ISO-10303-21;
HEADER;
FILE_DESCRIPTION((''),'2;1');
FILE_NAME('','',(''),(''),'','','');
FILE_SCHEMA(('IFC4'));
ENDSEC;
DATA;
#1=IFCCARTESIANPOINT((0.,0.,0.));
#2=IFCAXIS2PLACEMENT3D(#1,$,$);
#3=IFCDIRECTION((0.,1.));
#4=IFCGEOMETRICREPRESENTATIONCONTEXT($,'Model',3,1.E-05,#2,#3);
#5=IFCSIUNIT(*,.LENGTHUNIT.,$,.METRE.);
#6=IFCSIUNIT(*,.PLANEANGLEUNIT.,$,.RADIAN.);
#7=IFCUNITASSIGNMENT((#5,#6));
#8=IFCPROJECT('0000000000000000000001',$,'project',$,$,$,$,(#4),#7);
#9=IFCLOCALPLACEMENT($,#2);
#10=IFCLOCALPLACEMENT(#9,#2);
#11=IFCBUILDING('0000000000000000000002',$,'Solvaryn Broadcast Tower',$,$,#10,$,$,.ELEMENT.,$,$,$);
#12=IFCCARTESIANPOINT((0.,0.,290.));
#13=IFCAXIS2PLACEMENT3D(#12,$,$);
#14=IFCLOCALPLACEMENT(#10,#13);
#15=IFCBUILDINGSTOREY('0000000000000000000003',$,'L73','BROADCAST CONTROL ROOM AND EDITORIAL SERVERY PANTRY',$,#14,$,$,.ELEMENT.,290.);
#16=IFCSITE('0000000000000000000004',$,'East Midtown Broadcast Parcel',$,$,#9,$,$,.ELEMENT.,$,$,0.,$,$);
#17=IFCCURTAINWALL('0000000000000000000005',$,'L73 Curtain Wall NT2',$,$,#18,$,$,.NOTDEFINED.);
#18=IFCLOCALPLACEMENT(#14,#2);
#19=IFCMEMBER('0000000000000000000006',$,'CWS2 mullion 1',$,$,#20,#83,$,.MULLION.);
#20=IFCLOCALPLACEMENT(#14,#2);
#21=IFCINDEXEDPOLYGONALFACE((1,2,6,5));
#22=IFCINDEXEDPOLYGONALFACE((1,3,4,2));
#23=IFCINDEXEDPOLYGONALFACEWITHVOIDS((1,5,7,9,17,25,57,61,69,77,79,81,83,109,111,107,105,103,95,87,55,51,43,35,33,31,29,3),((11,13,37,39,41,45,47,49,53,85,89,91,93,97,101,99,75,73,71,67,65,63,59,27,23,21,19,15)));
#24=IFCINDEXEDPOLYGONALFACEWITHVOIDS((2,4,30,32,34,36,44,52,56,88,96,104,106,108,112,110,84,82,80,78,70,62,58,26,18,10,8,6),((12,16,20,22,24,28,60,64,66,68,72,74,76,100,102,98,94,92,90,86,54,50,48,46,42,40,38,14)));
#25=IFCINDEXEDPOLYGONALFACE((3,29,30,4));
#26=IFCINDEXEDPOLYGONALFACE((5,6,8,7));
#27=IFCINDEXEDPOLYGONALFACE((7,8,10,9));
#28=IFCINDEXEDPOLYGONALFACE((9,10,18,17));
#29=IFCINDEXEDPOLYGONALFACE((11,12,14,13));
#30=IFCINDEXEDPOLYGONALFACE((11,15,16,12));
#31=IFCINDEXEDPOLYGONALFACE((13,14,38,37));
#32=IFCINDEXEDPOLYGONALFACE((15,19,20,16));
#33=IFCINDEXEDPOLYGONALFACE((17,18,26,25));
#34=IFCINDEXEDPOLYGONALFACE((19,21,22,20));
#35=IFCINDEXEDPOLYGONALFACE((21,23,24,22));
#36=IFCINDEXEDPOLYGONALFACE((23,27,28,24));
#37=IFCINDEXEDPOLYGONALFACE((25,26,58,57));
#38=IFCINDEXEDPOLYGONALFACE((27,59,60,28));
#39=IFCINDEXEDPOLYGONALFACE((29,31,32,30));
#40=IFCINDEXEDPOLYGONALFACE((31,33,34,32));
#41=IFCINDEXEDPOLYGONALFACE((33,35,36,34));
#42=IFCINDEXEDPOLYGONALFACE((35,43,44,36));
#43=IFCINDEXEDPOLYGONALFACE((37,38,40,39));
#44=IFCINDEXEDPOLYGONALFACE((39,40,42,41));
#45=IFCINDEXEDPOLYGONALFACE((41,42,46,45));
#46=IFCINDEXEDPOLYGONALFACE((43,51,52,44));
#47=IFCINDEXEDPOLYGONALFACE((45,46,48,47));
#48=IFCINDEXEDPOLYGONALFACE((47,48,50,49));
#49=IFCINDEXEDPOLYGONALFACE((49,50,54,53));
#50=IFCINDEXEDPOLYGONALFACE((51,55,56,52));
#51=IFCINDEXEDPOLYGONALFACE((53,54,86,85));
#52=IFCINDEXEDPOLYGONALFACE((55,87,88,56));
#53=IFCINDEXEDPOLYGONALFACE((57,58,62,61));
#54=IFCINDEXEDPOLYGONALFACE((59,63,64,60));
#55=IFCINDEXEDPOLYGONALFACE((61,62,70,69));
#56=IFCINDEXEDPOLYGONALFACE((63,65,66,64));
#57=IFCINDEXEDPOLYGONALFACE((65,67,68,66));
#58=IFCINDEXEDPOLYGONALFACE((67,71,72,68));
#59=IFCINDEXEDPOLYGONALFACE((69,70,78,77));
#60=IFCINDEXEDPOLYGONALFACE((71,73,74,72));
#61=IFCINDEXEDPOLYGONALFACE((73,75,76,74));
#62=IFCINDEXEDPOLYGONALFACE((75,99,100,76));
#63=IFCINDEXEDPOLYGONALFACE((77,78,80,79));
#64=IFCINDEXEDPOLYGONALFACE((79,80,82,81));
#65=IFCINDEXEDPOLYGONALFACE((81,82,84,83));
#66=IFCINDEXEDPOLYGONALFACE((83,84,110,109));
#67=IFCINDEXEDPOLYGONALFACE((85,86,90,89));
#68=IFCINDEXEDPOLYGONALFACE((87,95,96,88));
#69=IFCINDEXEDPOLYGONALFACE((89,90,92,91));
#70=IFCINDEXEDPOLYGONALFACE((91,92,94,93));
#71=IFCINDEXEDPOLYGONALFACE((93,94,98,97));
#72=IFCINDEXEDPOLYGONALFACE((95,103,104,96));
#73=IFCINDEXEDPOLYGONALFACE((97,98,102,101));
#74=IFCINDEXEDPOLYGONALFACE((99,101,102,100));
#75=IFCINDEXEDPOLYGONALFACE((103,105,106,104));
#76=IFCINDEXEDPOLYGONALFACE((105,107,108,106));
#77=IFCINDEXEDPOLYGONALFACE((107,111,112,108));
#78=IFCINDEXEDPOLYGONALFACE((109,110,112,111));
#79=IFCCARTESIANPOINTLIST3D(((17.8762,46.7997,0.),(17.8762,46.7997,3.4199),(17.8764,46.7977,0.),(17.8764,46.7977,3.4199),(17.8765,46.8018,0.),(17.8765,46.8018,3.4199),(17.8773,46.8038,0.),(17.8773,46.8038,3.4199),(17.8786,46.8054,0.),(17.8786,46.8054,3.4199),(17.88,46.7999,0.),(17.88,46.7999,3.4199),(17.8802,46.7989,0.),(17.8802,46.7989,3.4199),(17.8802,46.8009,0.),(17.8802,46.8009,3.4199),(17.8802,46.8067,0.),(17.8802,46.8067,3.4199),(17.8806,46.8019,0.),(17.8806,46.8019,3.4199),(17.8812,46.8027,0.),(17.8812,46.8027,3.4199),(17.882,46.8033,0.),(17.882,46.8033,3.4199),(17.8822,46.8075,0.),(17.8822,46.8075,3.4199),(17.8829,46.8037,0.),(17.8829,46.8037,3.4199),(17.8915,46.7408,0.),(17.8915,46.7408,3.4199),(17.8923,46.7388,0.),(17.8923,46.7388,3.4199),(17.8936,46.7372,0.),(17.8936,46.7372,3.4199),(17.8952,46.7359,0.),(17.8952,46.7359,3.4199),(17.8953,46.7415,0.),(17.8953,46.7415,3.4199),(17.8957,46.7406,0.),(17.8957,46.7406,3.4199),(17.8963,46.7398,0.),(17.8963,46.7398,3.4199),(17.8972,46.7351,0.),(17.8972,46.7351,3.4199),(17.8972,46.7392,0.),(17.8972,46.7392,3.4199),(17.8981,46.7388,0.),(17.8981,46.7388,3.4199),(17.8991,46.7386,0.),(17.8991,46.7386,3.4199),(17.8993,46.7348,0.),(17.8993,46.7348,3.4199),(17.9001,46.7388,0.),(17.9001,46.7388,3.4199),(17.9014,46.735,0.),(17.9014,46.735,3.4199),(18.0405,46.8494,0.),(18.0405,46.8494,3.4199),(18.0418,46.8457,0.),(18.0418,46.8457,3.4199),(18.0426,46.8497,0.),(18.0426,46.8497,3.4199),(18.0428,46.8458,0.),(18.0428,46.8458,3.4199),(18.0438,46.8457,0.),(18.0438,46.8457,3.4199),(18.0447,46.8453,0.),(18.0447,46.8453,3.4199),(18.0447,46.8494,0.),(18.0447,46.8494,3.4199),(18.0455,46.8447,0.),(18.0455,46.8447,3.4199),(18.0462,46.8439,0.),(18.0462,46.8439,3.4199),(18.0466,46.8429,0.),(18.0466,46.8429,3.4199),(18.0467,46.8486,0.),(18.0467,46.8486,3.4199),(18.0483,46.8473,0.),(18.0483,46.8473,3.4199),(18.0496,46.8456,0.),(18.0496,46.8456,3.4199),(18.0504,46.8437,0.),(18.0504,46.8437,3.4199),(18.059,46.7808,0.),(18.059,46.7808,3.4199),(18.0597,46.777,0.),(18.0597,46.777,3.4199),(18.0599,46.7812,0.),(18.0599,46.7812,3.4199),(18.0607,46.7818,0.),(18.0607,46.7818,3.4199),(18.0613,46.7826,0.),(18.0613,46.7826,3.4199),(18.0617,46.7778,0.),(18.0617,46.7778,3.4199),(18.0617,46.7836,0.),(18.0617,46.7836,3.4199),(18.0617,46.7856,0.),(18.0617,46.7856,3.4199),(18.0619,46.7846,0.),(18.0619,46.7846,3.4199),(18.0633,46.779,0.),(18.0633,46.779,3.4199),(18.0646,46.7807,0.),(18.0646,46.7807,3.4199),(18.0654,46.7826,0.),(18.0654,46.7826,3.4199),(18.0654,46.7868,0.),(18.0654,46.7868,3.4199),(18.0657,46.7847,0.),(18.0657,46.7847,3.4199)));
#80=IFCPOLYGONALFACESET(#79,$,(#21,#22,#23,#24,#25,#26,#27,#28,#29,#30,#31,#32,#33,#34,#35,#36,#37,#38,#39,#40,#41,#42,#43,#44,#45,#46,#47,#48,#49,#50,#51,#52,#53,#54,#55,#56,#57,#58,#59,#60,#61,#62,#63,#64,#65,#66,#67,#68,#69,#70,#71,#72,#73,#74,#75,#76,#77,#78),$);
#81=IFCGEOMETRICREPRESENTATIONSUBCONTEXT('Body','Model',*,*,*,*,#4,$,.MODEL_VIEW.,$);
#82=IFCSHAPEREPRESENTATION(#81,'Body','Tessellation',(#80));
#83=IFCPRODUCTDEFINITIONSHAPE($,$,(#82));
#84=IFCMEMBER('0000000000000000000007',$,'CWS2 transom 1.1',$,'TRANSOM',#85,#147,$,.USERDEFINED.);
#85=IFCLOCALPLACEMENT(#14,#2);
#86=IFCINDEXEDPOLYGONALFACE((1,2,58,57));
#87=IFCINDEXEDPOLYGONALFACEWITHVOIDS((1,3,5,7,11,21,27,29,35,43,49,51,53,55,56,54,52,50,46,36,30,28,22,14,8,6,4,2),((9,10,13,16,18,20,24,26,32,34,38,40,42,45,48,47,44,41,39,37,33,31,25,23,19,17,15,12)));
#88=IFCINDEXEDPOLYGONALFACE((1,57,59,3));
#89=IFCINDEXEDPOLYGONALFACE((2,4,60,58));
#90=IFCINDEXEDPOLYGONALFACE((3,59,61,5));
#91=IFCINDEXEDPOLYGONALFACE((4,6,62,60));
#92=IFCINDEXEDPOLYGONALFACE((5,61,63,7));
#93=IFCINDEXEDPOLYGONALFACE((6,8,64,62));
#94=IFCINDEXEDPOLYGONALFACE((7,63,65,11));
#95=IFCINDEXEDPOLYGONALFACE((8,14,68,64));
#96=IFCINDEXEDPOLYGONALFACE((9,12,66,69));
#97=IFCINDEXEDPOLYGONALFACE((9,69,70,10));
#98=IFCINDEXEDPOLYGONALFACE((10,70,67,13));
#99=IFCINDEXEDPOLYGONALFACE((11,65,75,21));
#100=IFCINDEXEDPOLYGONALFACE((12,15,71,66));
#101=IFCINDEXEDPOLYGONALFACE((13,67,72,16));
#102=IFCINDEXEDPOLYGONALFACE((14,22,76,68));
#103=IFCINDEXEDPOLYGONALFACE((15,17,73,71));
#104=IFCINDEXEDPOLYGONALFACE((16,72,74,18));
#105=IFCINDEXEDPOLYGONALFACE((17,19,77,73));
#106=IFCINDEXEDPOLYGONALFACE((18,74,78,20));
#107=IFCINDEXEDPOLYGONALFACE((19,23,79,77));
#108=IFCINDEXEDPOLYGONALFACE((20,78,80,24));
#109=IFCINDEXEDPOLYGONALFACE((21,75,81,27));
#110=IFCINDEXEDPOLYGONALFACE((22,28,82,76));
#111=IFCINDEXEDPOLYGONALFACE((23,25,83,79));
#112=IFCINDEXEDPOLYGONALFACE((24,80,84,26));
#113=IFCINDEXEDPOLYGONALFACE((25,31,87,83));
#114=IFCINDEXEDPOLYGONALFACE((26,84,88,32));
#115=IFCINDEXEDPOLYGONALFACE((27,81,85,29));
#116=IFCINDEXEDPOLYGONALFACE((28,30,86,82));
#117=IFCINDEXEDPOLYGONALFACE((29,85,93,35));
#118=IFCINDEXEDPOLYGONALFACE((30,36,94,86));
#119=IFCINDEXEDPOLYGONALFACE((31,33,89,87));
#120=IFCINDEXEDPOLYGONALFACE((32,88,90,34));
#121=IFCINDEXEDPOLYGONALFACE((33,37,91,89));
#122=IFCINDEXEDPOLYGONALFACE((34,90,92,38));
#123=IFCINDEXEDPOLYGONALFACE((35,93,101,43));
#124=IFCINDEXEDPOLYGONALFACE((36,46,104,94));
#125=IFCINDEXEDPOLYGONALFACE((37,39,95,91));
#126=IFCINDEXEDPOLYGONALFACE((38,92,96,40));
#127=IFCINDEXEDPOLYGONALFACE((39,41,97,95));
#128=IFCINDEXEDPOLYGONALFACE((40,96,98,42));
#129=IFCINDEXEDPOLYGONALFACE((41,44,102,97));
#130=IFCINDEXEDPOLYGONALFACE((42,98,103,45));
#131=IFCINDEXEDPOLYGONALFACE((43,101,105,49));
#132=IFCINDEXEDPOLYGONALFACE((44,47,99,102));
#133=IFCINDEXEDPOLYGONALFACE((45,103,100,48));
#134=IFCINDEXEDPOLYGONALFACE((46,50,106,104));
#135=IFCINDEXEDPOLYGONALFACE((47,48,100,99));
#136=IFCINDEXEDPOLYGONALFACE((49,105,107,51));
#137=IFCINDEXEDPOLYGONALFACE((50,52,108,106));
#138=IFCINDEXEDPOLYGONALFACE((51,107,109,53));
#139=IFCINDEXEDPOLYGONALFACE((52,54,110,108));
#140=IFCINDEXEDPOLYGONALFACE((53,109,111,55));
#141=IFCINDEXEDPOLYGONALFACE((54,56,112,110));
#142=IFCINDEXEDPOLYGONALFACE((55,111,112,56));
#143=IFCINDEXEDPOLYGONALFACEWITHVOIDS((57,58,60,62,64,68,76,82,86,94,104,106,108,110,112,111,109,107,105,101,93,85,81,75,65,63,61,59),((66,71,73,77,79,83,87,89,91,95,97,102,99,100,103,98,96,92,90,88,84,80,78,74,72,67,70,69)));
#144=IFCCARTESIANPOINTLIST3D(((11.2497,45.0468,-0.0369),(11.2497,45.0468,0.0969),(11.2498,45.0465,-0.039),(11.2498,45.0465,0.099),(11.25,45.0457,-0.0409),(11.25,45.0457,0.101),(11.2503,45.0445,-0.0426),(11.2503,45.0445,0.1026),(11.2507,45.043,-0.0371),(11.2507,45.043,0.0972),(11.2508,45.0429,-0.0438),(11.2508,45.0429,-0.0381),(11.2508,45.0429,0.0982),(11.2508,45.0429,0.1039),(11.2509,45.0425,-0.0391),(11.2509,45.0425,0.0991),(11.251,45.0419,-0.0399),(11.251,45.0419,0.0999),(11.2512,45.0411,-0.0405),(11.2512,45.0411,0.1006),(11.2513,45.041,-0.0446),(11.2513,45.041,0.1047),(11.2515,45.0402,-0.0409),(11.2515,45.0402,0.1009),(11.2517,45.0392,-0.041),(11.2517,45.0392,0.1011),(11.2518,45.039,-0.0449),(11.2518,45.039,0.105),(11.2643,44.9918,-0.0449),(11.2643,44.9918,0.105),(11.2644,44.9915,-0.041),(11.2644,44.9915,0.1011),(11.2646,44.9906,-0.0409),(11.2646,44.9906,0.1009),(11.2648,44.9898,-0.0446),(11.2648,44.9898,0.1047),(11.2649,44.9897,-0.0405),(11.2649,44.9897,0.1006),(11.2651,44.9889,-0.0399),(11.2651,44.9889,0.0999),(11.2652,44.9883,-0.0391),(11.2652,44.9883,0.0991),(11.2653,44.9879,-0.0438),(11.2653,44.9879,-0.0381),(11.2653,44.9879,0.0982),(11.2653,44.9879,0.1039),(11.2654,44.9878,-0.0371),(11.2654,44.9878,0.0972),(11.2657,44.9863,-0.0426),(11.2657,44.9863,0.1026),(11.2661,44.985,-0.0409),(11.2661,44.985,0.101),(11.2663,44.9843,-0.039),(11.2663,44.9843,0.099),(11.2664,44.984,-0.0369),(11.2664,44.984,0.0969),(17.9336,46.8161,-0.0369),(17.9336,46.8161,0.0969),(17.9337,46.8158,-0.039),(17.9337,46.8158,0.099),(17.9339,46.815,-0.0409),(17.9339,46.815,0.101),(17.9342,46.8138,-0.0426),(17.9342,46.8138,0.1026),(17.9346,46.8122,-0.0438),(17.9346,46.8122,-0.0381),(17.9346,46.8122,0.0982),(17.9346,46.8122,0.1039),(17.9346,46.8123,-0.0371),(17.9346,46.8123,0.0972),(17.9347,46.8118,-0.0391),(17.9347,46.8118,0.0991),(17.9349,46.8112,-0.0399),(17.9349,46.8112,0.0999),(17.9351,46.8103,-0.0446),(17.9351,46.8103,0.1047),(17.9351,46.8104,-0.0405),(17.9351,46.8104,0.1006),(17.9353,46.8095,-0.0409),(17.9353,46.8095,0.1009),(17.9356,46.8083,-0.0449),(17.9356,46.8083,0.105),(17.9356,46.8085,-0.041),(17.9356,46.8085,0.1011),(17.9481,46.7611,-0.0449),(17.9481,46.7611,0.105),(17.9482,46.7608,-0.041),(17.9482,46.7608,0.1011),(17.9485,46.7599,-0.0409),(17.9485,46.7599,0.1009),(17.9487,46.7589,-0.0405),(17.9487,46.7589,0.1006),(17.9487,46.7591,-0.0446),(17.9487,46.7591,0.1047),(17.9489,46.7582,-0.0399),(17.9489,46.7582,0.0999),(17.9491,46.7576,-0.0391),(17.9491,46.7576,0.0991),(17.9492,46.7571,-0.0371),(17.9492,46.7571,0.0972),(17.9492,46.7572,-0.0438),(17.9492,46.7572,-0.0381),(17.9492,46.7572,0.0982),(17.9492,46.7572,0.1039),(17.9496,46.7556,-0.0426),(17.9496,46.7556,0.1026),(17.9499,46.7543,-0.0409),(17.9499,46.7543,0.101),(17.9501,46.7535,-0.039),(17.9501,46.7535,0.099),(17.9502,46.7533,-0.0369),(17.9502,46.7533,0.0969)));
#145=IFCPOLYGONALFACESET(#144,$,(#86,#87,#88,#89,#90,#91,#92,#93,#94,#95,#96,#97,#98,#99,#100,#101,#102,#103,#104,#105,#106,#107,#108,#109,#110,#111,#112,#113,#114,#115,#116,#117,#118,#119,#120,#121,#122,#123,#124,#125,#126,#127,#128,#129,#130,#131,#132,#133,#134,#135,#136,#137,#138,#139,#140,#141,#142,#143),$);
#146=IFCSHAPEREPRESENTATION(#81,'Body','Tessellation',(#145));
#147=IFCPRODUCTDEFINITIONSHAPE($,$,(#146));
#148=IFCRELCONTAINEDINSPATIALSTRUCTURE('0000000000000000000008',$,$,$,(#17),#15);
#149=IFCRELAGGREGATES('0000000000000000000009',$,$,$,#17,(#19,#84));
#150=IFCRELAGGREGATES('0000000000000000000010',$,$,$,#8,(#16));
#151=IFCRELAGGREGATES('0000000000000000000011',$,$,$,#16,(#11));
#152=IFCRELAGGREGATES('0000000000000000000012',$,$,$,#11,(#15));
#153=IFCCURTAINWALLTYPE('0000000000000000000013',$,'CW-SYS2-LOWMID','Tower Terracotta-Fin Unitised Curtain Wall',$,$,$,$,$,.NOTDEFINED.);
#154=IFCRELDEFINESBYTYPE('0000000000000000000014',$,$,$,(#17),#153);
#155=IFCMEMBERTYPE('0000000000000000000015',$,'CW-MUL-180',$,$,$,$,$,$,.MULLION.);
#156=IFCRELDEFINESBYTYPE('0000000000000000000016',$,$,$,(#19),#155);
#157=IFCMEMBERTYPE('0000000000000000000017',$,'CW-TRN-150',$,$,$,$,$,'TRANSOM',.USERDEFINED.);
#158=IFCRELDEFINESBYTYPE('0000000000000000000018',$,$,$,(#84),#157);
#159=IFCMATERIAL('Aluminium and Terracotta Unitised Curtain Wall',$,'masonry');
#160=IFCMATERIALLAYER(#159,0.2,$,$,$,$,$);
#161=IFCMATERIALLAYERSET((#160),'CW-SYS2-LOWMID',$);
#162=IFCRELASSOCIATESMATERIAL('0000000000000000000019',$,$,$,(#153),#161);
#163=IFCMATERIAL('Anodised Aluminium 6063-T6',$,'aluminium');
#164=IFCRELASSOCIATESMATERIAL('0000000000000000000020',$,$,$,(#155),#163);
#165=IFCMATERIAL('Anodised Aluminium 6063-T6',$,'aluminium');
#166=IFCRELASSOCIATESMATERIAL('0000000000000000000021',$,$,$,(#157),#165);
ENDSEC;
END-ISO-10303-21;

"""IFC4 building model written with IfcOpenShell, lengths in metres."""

from ifc_helpers import new_model, si_unit, direction, frame, origin, origin_2d, place, context, subcontext, project, spatial, hollow_rectangle, extrude, material, layer, layer_set, material_profile, profile_set, type_object, element, aggregate, save


model = new_model("IFC4")

# Units and contexts
model_context = context("Model", 3, precision=1e-05, world=origin(), true_north=direction((0.0, 1.0)))
body_context = subcontext(model_context, "Body", "Model", "MODEL_VIEW")
ifc_project = project(units=[si_unit("LENGTHUNIT", "METRE"), si_unit("PLANEANGLEUNIT", "RADIAN")], contexts=[model_context])

# Site, building, storey
site_placement = place(None, origin())
site = spatial("IfcSite", under=ifc_project, at=site_placement, Name="East Midtown Broadcast Parcel", CompositionType="ELEMENT", RefElevation=0.0)
building_placement = place(site_placement, origin())
building = spatial("IfcBuilding", under=site, at=building_placement, Name="Solvaryn Broadcast Tower", CompositionType="ELEMENT")
storey_placement = place(building_placement, frame((0.0, 0.0, 290.0)))
storey = spatial("IfcBuildingStorey", under=building, at=storey_placement, Name="L73", Description="BROADCAST CONTROL ROOM AND EDITORIAL SERVERY PANTRY", CompositionType="ELEMENT", Elevation=290.0)

# Shared definitions
ifc_material_1 = material(Name="Aluminium and Terracotta Unitised Curtain Wall", Category="masonry")
ifc_layer_1 = layer(ifc_material_1, 0.2)
ifc_layer_set_1 = layer_set([ifc_layer_1], Name="CW-SYS2-LOWMID")
curtain_wall_type = type_object("IfcCurtainWallType", Name="CW-SYS2-LOWMID", Description="Tower Terracotta-Fin Unitised Curtain Wall", PredefinedType="NOTDEFINED", material=ifc_layer_set_1)
ifc_material_2 = material(Name="Anodised Aluminium 6063-T6", Category="aluminium")
ifc_material_profile_1 = material_profile(ifc_material_2, hollow_rectangle(XDim=0.075, YDim=0.1799, WallThickness=0.0039, InnerFilletRadius=0.0039, OuterFilletRadius=0.0081, at=origin_2d()))
ifc_profile_set_1 = profile_set([ifc_material_profile_1], Name="Anodised Aluminium 6063-T6")
member_type_1 = type_object("IfcMemberType", Name="CW-MUL-180", PredefinedType="MULLION", material=ifc_profile_set_1)

# Curtain wall, members
curtain_wall_1_placement = place(storey_placement, origin())
curtain_wall_1 = element("IfcCurtainWall", 1, at=curtain_wall_1_placement, inside=storey, type_object=curtain_wall_type, Name="L73 Curtain Wall NT2", PredefinedType="NOTDEFINED")
member_1_placement = place(storey_placement, frame((17.9709, 46.7922, 0.0), z_axis=(0.0, 0.0, 1.0), x_axis=(0.255893, -0.966705, 0.0)))
member_1 = element("IfcMember", 2, at=member_1_placement, type_object=member_type_1, Name="CWS2 mullion 1", PredefinedType="MULLION", context=body_context, shape_type="SweptSolid", body=[
    extrude(hollow_rectangle(XDim=0.075, YDim=0.1799, WallThickness=0.0039, InnerFilletRadius=0.0039, OuterFilletRadius=0.0081, at=origin_2d()), origin(), (0.0, 0.0, 1.0), 3.4199),
])
ifc_material_3 = material(Name="Anodised Aluminium 6063-T6", Category="aluminium")
ifc_material_profile_2 = material_profile(ifc_material_3, hollow_rectangle(XDim=0.0649, YDim=0.1499, WallThickness=0.0039, InnerFilletRadius=0.0039, OuterFilletRadius=0.0081, at=origin_2d()))
ifc_profile_set_2 = profile_set([ifc_material_profile_2], Name="Anodised Aluminium 6063-T6")
member_type_2 = type_object("IfcMemberType", Name="CW-TRN-150", ElementType="TRANSOM", PredefinedType="USERDEFINED", material=ifc_profile_set_2)
member_2_placement = place(storey_placement, frame((17.9419, 46.7847, 0.03), z_axis=(-0.966704, -0.255897, 0.0), x_axis=(0.255897, -0.966704, 0.0)))
member_2 = element("IfcMember", 3, at=member_2_placement, type_object=member_type_2, Name="CWS2 transom 1.1", ObjectType="TRANSOM", PredefinedType="USERDEFINED", context=body_context, shape_type="SweptSolid", body=[
    extrude(hollow_rectangle(XDim=0.0649, YDim=0.1499, WallThickness=0.0039, InnerFilletRadius=0.0039, OuterFilletRadius=0.0081, at=origin_2d()), origin(), (0.0, 0.0, 1.0), 6.9141),
])
aggregate(curtain_wall_1, [member_1, member_2])

save(model, "model.ifc")
